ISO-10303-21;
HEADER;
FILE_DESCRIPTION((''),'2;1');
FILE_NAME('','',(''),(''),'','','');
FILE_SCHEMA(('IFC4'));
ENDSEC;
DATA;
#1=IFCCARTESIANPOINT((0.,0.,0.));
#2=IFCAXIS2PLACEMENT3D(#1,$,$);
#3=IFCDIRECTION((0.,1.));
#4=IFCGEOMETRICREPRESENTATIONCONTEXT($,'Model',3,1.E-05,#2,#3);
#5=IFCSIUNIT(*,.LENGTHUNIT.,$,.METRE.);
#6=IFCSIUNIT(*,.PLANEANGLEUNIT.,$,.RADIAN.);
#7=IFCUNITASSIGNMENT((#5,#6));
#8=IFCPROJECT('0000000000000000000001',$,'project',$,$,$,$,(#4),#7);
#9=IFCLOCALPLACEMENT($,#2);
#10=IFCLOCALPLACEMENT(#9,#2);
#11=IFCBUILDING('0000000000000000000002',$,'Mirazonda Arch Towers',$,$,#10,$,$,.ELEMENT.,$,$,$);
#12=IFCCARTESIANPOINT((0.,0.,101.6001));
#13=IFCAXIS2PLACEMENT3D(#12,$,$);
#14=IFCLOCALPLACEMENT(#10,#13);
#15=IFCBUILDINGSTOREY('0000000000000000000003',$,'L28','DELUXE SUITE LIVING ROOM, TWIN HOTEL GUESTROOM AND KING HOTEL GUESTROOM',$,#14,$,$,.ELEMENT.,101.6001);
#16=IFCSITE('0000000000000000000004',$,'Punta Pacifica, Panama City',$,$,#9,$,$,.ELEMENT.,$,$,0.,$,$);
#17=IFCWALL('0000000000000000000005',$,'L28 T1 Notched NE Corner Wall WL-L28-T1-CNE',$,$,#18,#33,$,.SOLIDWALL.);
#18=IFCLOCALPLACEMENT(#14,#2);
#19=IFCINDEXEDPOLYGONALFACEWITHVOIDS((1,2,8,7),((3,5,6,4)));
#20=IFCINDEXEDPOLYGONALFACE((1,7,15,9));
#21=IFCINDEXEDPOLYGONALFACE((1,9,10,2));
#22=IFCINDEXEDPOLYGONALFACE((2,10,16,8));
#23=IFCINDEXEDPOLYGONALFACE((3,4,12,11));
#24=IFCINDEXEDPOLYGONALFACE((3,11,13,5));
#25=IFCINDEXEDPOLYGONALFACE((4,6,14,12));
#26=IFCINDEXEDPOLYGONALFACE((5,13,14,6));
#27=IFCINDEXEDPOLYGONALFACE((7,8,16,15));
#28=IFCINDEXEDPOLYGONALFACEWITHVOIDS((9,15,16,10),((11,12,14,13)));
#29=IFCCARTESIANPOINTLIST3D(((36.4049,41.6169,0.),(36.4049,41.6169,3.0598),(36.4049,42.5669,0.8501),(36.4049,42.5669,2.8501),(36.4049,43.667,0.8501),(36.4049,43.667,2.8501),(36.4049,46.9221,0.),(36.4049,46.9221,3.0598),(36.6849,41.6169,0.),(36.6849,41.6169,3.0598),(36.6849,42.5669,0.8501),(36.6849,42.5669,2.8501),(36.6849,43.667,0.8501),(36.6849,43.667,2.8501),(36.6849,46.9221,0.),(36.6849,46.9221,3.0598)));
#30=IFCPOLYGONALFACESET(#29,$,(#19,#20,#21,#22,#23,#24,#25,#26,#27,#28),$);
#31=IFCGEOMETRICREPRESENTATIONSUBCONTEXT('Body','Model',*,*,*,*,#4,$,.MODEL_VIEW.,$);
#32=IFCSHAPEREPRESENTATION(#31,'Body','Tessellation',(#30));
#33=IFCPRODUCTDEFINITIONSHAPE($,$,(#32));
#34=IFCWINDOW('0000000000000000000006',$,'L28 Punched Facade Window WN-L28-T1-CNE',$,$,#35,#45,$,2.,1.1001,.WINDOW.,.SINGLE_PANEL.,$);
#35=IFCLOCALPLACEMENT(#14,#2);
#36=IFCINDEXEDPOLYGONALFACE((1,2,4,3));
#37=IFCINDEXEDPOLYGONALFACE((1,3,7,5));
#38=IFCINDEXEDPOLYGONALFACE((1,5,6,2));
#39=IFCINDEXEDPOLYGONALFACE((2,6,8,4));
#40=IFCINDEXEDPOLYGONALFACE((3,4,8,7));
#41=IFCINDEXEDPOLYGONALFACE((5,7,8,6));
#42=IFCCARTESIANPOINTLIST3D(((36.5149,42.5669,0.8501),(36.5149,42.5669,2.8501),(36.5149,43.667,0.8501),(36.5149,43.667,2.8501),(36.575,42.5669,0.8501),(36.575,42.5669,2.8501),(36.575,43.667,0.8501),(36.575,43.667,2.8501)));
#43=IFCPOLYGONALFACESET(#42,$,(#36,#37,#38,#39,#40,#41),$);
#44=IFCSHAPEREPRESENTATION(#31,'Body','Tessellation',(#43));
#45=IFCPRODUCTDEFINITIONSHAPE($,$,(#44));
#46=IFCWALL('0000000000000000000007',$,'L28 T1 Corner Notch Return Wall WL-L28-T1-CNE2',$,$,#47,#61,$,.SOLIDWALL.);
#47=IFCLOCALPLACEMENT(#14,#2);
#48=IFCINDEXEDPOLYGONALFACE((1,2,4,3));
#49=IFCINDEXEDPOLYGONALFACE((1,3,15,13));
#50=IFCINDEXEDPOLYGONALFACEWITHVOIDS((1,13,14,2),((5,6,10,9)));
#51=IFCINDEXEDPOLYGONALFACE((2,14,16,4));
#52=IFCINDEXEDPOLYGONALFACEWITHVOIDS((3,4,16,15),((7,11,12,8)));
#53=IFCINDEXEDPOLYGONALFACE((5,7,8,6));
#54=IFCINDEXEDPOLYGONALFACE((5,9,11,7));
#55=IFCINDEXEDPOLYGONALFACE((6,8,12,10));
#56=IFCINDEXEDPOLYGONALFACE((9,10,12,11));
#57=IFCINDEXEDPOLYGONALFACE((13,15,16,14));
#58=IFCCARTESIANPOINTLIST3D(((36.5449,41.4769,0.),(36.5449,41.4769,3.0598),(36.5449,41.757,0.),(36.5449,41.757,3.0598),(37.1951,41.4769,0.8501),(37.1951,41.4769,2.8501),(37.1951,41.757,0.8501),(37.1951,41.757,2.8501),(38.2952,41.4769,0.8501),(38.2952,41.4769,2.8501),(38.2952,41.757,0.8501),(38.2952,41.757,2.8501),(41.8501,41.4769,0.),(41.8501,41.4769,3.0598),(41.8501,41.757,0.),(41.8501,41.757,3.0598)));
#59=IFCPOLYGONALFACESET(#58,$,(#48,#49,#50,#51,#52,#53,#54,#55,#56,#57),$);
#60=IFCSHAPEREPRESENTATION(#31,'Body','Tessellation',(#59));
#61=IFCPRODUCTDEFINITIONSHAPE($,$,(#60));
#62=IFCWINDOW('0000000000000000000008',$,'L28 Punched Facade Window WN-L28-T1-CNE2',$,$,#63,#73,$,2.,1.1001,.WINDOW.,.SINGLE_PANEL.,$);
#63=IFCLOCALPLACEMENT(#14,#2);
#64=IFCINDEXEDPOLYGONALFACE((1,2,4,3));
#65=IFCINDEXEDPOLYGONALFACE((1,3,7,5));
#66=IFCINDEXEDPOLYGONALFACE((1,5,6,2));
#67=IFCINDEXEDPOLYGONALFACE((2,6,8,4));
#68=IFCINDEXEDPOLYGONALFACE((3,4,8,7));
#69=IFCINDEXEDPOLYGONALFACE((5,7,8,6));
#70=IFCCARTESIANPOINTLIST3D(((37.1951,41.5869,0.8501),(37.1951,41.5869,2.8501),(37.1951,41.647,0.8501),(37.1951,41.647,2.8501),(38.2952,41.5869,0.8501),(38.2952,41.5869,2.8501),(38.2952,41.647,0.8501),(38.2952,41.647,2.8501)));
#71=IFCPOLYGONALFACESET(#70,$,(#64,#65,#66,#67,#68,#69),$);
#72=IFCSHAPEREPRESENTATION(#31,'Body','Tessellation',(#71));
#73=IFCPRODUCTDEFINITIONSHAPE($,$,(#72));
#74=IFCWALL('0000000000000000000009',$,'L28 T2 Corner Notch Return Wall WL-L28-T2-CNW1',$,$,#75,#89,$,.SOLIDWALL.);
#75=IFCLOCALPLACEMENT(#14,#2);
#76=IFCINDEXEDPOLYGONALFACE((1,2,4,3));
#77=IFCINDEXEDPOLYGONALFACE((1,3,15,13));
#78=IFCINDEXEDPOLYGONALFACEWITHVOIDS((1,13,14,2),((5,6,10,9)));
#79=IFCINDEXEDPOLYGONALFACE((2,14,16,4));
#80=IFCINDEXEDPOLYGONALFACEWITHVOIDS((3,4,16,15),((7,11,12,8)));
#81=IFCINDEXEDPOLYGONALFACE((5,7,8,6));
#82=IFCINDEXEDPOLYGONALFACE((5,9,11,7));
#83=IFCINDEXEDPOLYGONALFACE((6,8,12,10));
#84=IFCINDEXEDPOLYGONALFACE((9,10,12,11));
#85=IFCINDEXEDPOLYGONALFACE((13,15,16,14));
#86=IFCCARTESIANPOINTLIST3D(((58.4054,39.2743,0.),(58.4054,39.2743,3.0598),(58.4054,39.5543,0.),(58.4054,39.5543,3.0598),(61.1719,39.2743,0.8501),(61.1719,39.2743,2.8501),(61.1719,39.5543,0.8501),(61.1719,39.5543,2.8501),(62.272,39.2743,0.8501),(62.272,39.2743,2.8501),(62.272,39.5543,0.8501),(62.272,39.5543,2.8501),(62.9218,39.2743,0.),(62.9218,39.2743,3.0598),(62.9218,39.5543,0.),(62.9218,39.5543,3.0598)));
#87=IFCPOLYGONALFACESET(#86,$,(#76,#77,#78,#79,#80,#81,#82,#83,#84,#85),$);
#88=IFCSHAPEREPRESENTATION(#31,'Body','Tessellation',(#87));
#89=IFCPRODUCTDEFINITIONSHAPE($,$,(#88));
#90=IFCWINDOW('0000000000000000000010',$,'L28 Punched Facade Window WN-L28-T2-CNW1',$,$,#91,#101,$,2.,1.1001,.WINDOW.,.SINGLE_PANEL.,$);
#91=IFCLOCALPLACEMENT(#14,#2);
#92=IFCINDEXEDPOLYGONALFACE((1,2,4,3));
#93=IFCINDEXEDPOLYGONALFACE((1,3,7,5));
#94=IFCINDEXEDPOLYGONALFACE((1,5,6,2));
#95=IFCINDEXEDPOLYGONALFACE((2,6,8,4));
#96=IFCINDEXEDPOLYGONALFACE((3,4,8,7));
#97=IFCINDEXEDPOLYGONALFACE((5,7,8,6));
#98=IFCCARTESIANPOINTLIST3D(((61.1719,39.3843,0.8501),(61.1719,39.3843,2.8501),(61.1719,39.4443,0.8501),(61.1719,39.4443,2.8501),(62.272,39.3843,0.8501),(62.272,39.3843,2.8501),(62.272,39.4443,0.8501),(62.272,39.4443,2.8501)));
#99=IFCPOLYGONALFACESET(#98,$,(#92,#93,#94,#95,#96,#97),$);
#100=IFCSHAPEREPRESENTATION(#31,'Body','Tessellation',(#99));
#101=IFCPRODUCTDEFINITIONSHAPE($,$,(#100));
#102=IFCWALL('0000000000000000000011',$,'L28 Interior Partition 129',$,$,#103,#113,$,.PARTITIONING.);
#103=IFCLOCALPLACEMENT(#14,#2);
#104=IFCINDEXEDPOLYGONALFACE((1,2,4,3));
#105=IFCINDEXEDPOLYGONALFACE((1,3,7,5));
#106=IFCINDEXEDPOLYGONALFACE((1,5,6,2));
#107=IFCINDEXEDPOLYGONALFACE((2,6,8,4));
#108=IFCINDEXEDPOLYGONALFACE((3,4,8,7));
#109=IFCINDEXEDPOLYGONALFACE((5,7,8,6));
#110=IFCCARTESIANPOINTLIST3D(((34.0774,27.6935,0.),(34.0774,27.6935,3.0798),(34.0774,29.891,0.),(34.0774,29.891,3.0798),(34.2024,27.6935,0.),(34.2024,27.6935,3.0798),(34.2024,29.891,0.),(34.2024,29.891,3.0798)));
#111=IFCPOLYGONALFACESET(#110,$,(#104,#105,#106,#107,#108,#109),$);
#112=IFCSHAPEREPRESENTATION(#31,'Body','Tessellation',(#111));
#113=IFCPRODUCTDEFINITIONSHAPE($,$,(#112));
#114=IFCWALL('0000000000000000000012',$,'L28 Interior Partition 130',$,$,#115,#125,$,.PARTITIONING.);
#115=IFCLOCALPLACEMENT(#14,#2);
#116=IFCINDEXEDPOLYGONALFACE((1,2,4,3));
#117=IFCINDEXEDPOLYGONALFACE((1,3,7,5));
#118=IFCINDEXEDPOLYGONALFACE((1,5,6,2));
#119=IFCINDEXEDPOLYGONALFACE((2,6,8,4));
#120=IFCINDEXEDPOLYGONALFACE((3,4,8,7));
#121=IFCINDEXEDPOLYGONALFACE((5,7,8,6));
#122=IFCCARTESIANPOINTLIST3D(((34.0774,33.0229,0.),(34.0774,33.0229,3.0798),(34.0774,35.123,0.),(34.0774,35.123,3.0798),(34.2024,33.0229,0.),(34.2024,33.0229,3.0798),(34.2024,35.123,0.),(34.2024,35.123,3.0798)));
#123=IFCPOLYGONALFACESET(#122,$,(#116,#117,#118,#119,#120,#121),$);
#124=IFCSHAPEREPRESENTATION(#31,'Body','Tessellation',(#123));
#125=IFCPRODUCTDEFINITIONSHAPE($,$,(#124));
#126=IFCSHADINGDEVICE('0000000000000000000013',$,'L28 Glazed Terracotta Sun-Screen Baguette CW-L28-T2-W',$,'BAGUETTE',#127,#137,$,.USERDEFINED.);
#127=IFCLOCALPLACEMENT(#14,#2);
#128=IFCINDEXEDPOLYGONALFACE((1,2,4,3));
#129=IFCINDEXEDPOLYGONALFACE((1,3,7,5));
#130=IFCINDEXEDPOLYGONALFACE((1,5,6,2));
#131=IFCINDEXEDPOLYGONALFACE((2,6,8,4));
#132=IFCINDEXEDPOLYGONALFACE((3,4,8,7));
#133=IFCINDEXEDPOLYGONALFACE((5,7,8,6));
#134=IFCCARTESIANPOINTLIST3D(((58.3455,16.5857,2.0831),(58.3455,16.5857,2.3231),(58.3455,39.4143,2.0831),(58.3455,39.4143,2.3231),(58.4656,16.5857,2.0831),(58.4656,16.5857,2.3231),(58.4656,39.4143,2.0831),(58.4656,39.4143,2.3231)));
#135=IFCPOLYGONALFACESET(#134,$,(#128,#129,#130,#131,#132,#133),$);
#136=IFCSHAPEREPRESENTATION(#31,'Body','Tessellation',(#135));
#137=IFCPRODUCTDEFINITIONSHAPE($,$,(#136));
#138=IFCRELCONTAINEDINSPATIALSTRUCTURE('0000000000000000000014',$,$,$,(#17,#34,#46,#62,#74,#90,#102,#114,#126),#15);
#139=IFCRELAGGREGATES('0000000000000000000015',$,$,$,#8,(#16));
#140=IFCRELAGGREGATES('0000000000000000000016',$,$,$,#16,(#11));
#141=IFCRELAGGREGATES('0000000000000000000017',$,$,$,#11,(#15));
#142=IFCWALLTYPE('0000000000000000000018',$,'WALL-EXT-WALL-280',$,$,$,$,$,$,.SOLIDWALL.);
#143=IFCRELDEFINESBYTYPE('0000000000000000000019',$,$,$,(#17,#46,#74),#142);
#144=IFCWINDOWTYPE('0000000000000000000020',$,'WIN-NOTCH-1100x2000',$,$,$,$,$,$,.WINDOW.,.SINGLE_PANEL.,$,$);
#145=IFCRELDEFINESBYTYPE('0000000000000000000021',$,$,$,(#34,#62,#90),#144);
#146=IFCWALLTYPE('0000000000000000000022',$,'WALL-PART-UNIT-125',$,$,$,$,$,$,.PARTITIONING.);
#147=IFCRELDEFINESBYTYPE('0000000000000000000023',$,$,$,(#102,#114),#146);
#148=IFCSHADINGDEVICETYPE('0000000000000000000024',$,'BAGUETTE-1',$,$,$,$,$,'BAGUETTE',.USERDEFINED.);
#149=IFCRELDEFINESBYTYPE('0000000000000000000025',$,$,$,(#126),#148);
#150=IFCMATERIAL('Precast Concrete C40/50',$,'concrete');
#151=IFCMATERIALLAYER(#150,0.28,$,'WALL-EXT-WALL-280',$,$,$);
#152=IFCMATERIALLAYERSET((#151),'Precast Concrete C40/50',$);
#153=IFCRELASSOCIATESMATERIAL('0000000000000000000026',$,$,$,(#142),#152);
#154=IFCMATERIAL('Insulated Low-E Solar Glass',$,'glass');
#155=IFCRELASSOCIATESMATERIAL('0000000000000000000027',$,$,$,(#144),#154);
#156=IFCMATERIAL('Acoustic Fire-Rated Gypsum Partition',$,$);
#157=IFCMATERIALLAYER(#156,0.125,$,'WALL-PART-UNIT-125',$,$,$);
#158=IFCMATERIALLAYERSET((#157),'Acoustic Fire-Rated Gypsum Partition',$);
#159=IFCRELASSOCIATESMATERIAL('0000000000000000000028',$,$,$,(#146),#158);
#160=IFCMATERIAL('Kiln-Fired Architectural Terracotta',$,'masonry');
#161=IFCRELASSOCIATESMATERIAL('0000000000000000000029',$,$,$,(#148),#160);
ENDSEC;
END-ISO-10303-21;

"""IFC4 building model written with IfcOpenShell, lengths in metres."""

from ifc_helpers import new_model, si_unit, direction, frame, frame_2d, origin, origin_2d, place, context, subcontext, project, spatial, rectangle, extrude, material, layer, layer_set, material_profile, profile_set, type_object, element, fill, save


model = new_model("IFC4")

# Units and contexts
model_context = context("Model", 3, precision=1e-05, world=origin(), true_north=direction((0.0, 1.0)))
body_context = subcontext(model_context, "Body", "Model", "MODEL_VIEW")
ifc_project = project(units=[si_unit("LENGTHUNIT", "METRE"), si_unit("PLANEANGLEUNIT", "RADIAN")], contexts=[model_context])

# Site, building, storey
site_placement = place(None, origin())
site = spatial("IfcSite", under=ifc_project, at=site_placement, Name="Punta Pacifica, Panama City", CompositionType="ELEMENT", RefElevation=0.0)
building_placement = place(site_placement, origin())
building = spatial("IfcBuilding", under=site, at=building_placement, Name="Mirazonda Arch Towers", CompositionType="ELEMENT")
storey_placement = place(building_placement, frame((0.0, 0.0, 101.6001)))
storey = spatial("IfcBuildingStorey", under=building, at=storey_placement, Name="L28", Description="DELUXE SUITE LIVING ROOM, TWIN HOTEL GUESTROOM AND KING HOTEL GUESTROOM", CompositionType="ELEMENT", Elevation=101.6001)

# Shared definitions
ifc_material_1 = material(Name="Insulated Low-E Solar Glass", Category="glass")

# Walls, openings, windows
ifc_material_2 = material(Name="Precast Concrete C40/50", Category="concrete")
ifc_layer_1 = layer(ifc_material_2, 0.28, Name="WALL-EXT-WALL-280")
ifc_layer_set_1 = layer_set([ifc_layer_1], Name="Precast Concrete C40/50")
wall_type_1 = type_object("IfcWallType", Name="WALL-EXT-WALL-280", PredefinedType="SOLIDWALL", material=ifc_layer_set_1)
wall_1_placement = place(storey_placement, frame((36.5449, 41.6169, 0.0), z_axis=(0.0, 0.0, 1.0), x_axis=(0.0, 1.0, 0.0)))
wall_1 = element("IfcWall", 1, at=wall_1_placement, inside=storey, type_object=wall_type_1, Name="L28 T1 Notched NE Corner Wall WL-L28-T1-CNE", PredefinedType="SOLIDWALL", context=body_context, shape_type="SweptSolid", body=[
    extrude(rectangle(XDim=5.3052, YDim=0.28, at=frame_2d((2.6526, 0.0))), origin(), (0.0, 0.0, 1.0), 3.0598),
])
opening_1_placement = place(wall_1_placement, frame((0.95, 0.0, 0.8501)))
opening_1 = element("IfcOpeningElement", 2, at=opening_1_placement, cuts=wall_1, PredefinedType="OPENING", context=body_context, shape_type="SweptSolid", body=[
    extrude(rectangle(XDim=1.1001, YDim=2.0, at=frame_2d((0.55, 1.0))), frame((0.0, 0.1499, 0.0), z_axis=(0.0, -1.0, 0.0), x_axis=(1.0, 0.0, 0.0)), (0.0, 0.0, 1.0), 0.3),
])
window_type = type_object("IfcWindowType", Name="WIN-NOTCH-1100x2000", PartitioningType="SINGLE_PANEL", PredefinedType="WINDOW", material=ifc_material_1)
window_1_placement = place(opening_1_placement, origin())
window_1 = element("IfcWindow", 3, at=window_1_placement, inside=storey, type_object=window_type, Name="L28 Punched Facade Window WN-L28-T1-CNE", OverallHeight=2.0, OverallWidth=1.1001, PartitioningType="SINGLE_PANEL", PredefinedType="WINDOW", context=body_context, shape_type="SweptSolid", body=[
    extrude(rectangle(XDim=1.1001, YDim=2.0, at=frame_2d((0.55, 1.0))), frame((0.0, 0.03, 0.0), z_axis=(0.0, -1.0, 0.0), x_axis=(1.0, 0.0, 0.0)), (0.0, 0.0, 1.0), 0.0601),
])
fill(opening_1, window_1)
wall_2_placement = place(storey_placement, frame((41.8501, 41.6169, 0.0), z_axis=(0.0, 0.0, 1.0), x_axis=(-1.0, 0.0, 0.0)))
wall_2 = element("IfcWall", 4, at=wall_2_placement, inside=storey, type_object=wall_type_1, Name="L28 T1 Corner Notch Return Wall WL-L28-T1-CNE2", PredefinedType="SOLIDWALL", context=body_context, shape_type="SweptSolid", body=[
    extrude(rectangle(XDim=5.3052, YDim=0.28, at=frame_2d((2.6526, 0.0))), origin(), (0.0, 0.0, 1.0), 3.0598),
])
opening_2_placement = place(wall_2_placement, frame((3.5549, 0.0, 0.8501)))
opening_2 = element("IfcOpeningElement", 5, at=opening_2_placement, cuts=wall_2, PredefinedType="OPENING", context=body_context, shape_type="SweptSolid", body=[
    extrude(rectangle(XDim=1.1001, YDim=2.0, at=frame_2d((0.55, 1.0))), frame((0.0, 0.1499, 0.0), z_axis=(0.0, -1.0, 0.0), x_axis=(1.0, 0.0, 0.0)), (0.0, 0.0, 1.0), 0.3),
])
window_2_placement = place(opening_2_placement, origin())
window_2 = element("IfcWindow", 6, at=window_2_placement, inside=storey, type_object=window_type, Name="L28 Punched Facade Window WN-L28-T1-CNE2", OverallHeight=2.0, OverallWidth=1.1001, PartitioningType="SINGLE_PANEL", PredefinedType="WINDOW", context=body_context, shape_type="SweptSolid", body=[
    extrude(rectangle(XDim=1.1001, YDim=2.0, at=frame_2d((0.55, 1.0))), frame((0.0, 0.03, 0.0), z_axis=(0.0, -1.0, 0.0), x_axis=(1.0, 0.0, 0.0)), (0.0, 0.0, 1.0), 0.0601),
])
fill(opening_2, window_2)
wall_3_placement = place(storey_placement, frame((62.9219, 39.4143, 0.0), z_axis=(0.0, 0.0, 1.0), x_axis=(-1.0, 0.0, 0.0)))
wall_3 = element("IfcWall", 7, at=wall_3_placement, inside=storey, type_object=wall_type_1, Name="L28 T2 Corner Notch Return Wall WL-L28-T2-CNW1", PredefinedType="SOLIDWALL", context=body_context, shape_type="SweptSolid", body=[
    extrude(rectangle(XDim=4.5164, YDim=0.28, at=frame_2d((2.2583, 0.0))), origin(), (0.0, 0.0, 1.0), 3.0598),
])
opening_3_placement = place(wall_3_placement, frame((0.6499, 0.0, 0.8501)))
opening_3 = element("IfcOpeningElement", 8, at=opening_3_placement, cuts=wall_3, PredefinedType="OPENING", context=body_context, shape_type="SweptSolid", body=[
    extrude(rectangle(XDim=1.1001, YDim=2.0, at=frame_2d((0.55, 1.0))), frame((0.0, 0.1499, 0.0), z_axis=(0.0, -1.0, 0.0), x_axis=(1.0, 0.0, 0.0)), (0.0, 0.0, 1.0), 0.3),
])
window_3_placement = place(opening_3_placement, origin())
window_3 = element("IfcWindow", 9, at=window_3_placement, inside=storey, type_object=window_type, Name="L28 Punched Facade Window WN-L28-T2-CNW1", OverallHeight=2.0, OverallWidth=1.1001, PartitioningType="SINGLE_PANEL", PredefinedType="WINDOW", context=body_context, shape_type="SweptSolid", body=[
    extrude(rectangle(XDim=1.1001, YDim=2.0, at=frame_2d((0.55, 1.0))), frame((0.0, 0.03, 0.0), z_axis=(0.0, -1.0, 0.0), x_axis=(1.0, 0.0, 0.0)), (0.0, 0.0, 1.0), 0.0601),
])
fill(opening_3, window_3)

# Walls
ifc_material_3 = material(Name="Acoustic Fire-Rated Gypsum Partition")
ifc_layer_2 = layer(ifc_material_3, 0.125, Name="WALL-PART-UNIT-125")
ifc_layer_set_2 = layer_set([ifc_layer_2], Name="Acoustic Fire-Rated Gypsum Partition")
wall_type_2 = type_object("IfcWallType", Name="WALL-PART-UNIT-125", PredefinedType="PARTITIONING", material=ifc_layer_set_2)
wall_4_placement = place(storey_placement, frame((34.1399, 27.6936, 0.0), z_axis=(0.0, 0.0, 1.0), x_axis=(0.0, 1.0, 0.0)))
element("IfcWall", 10, at=wall_4_placement, inside=storey, type_object=wall_type_2, Name="L28 Interior Partition 129", PredefinedType="PARTITIONING", context=body_context, shape_type="SweptSolid", body=[
    extrude(rectangle(XDim=2.1975, YDim=0.125, at=frame_2d((1.0986, 0.0))), origin(), (0.0, 0.0, 1.0), 3.0798),
])
wall_5_placement = place(storey_placement, frame((34.1399, 33.0229, 0.0), z_axis=(0.0, 0.0, 1.0), x_axis=(0.0, 1.0, 0.0)))
element("IfcWall", 11, at=wall_5_placement, inside=storey, type_object=wall_type_2, Name="L28 Interior Partition 130", PredefinedType="PARTITIONING", context=body_context, shape_type="SweptSolid", body=[
    extrude(rectangle(XDim=2.1001, YDim=0.125, at=frame_2d((1.05, 0.0))), origin(), (0.0, 0.0, 1.0), 3.0798),
])

# Shading device
ifc_material_4 = material(Name="Kiln-Fired Architectural Terracotta", Category="masonry")
ifc_material_profile_1 = material_profile(ifc_material_4, rectangle(XDim=0.1201, YDim=0.24, at=origin_2d()), Name="TERRA-BAG-120x240")
ifc_profile_set_1 = profile_set([ifc_material_profile_1], Name="Kiln-Fired Architectural Terracotta")
shading_device_type = type_object("IfcShadingDeviceType", Name="BAGUETTE-1", ElementType="BAGUETTE", PredefinedType="USERDEFINED", material=ifc_profile_set_1)
shading_device_placement = place(storey_placement, frame((58.4055, 39.4143, 2.2031), z_axis=(0.0, -1.0, 0.0), x_axis=(1.0, 0.0, 0.0)))
element("IfcShadingDevice", 12, at=shading_device_placement, inside=storey, type_object=shading_device_type, Name="L28 Glazed Terracotta Sun-Screen Baguette CW-L28-T2-W", ObjectType="BAGUETTE", PredefinedType="USERDEFINED", context=body_context, shape_type="SweptSolid", body=[
    extrude(rectangle(XDim=0.1201, YDim=0.24, at=origin_2d()), origin(), (0.0, 0.0, 1.0), 22.8286),
])

save(model, "model.ifc")
